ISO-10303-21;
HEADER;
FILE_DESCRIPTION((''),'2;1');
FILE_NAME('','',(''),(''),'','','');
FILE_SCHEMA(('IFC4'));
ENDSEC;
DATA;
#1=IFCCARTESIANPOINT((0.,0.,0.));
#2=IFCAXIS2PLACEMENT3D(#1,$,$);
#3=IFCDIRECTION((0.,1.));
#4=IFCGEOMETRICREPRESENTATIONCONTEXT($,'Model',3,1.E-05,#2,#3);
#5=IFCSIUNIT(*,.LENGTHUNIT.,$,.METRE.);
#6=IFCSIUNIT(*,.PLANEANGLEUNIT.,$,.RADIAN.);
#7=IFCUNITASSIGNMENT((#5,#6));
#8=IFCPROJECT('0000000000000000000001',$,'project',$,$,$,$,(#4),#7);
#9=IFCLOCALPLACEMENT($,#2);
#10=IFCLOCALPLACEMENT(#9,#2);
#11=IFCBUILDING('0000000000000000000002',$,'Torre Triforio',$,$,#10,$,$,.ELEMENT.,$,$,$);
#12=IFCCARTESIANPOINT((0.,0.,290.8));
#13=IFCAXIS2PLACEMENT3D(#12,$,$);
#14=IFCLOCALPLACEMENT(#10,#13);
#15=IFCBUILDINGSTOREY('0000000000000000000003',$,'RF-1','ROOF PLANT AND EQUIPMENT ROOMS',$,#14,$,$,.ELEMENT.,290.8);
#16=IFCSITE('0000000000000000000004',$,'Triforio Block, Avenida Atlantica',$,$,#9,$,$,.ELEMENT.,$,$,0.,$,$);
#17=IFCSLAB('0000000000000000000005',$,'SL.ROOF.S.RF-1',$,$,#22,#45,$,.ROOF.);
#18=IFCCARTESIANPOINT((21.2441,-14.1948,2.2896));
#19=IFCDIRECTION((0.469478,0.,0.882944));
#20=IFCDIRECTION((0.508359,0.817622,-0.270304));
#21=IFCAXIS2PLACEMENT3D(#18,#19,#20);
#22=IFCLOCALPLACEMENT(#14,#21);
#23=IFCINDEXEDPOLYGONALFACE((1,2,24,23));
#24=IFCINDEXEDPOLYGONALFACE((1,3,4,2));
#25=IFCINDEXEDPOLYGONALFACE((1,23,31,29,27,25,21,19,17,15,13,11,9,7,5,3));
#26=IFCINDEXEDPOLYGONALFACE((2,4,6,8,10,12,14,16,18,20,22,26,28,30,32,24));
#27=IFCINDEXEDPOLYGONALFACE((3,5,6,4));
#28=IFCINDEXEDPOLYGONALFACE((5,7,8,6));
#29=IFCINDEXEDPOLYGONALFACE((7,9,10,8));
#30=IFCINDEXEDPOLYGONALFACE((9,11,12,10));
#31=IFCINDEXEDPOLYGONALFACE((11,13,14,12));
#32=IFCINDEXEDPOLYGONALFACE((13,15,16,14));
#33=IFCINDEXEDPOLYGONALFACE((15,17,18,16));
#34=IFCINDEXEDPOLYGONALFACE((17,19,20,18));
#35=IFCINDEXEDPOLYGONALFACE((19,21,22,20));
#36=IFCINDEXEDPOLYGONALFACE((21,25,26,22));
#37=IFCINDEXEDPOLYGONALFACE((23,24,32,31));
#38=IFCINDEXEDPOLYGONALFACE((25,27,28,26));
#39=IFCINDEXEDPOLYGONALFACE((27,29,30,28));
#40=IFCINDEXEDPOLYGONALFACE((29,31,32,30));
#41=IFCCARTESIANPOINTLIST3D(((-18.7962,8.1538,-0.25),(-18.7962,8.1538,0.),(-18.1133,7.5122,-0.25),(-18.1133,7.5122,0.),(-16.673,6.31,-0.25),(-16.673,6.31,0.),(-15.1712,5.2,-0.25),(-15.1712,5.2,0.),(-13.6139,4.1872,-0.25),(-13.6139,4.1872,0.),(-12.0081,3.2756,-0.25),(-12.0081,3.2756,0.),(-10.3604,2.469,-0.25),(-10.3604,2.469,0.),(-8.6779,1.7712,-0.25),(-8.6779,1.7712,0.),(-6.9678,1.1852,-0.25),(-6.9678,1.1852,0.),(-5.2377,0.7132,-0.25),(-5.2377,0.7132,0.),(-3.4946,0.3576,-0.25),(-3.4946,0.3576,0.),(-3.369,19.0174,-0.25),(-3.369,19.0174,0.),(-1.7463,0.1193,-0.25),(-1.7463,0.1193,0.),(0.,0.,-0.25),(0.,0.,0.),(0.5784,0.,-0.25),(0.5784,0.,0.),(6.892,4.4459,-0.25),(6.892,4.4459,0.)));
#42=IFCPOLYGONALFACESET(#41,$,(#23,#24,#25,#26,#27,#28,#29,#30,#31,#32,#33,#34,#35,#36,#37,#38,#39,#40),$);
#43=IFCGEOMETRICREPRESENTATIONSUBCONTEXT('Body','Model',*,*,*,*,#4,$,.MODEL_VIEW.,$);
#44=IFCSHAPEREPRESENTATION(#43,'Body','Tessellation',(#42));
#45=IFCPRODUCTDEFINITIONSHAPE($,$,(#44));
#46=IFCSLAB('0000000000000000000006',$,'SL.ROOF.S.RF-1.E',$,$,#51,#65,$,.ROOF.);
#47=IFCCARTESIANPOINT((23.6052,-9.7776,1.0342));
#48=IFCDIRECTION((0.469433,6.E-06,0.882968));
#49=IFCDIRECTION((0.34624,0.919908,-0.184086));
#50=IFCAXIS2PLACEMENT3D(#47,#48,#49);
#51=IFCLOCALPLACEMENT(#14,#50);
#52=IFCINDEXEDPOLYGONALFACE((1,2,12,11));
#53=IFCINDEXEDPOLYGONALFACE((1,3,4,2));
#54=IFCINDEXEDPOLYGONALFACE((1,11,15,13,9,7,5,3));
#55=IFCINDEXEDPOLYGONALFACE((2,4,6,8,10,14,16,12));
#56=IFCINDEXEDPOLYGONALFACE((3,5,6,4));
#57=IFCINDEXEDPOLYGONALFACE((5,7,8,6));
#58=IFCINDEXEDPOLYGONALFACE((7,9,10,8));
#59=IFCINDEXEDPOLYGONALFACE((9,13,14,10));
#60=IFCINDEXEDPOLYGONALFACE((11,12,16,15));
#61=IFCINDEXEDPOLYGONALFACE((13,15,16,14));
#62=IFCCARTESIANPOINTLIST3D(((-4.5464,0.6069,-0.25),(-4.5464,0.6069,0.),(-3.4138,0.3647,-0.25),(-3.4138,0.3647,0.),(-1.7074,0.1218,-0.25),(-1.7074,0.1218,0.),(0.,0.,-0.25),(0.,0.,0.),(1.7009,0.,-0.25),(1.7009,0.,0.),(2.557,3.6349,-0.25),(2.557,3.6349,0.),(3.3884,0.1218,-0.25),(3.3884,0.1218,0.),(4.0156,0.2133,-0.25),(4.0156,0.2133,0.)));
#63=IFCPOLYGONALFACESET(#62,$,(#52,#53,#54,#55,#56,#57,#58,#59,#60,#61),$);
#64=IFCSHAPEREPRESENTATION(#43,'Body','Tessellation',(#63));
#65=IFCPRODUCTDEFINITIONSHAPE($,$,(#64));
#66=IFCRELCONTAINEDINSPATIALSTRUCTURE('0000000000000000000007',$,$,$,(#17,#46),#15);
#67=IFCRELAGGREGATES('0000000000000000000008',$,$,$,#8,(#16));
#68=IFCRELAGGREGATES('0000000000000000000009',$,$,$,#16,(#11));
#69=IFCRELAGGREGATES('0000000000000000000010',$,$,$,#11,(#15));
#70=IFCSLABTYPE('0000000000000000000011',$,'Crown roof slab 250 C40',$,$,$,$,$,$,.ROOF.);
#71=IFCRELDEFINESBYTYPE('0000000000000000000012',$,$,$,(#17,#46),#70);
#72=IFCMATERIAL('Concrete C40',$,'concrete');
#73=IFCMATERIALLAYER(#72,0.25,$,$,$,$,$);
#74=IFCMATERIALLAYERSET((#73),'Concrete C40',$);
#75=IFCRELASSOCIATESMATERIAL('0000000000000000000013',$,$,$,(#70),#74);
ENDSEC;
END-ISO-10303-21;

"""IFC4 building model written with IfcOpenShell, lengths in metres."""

from ifc_helpers import new_model, si_unit, direction, frame, origin, place, context, subcontext, project, spatial, polyline, outline, extrude, material, layer, layer_set, type_object, element, save


model = new_model("IFC4")

# Units and contexts
model_context = context("Model", 3, precision=1e-05, world=origin(), true_north=direction((0.0, 1.0)))
body_context = subcontext(model_context, "Body", "Model", "MODEL_VIEW")
ifc_project = project(units=[si_unit("LENGTHUNIT", "METRE"), si_unit("PLANEANGLEUNIT", "RADIAN")], contexts=[model_context])

# Site, building, storey
site_placement = place(None, origin())
site = spatial("IfcSite", under=ifc_project, at=site_placement, Name="Triforio Block, Avenida Atlantica", CompositionType="ELEMENT", RefElevation=0.0)
building_placement = place(site_placement, origin())
building = spatial("IfcBuilding", under=site, at=building_placement, Name="Torre Triforio", CompositionType="ELEMENT")
storey_placement = place(building_placement, frame((0.0, 0.0, 290.8)))
storey = spatial("IfcBuildingStorey", under=building, at=storey_placement, Name="RF-1", Description="ROOF PLANT AND EQUIPMENT ROOMS", CompositionType="ELEMENT", Elevation=290.8)

# Shared definitions
ifc_material_1 = material(Name="Concrete C40", Category="concrete")

# Slabs
ifc_layer_1 = layer(ifc_material_1, 0.25)
ifc_layer_set_1 = layer_set([ifc_layer_1], Name="Concrete C40")
slab_type = type_object("IfcSlabType", Name="Crown roof slab 250 C40", PredefinedType="ROOF", material=ifc_layer_set_1)
slab_1_placement = place(storey_placement, frame((21.2441, -14.1948, 2.2896), z_axis=(0.469478, 0.0, 0.882944), x_axis=(0.508359, 0.817622, -0.270304)))
element("IfcSlab", 1, at=slab_1_placement, inside=storey, type_object=slab_type, Name="SL.ROOF.S.RF-1", PredefinedType="ROOF", context=body_context, shape_type="SweptSolid", body=[
    extrude(outline(polyline([(0.0, 0.0), (0.5784, 0.0), (6.892, 4.4459), (-3.369, 19.0174), (-18.7962, 8.1538), (-18.1133, 7.5122), (-16.673, 6.31), (-15.1712, 5.2), (-13.6139, 4.1872), (-12.0081, 3.2756), (-10.3604, 2.469), (-8.6779, 1.7712), (-6.9678, 1.1852), (-5.2377, 0.7132), (-3.4946, 0.3576), (-1.7463, 0.1193), (0.0, 0.0)])), origin(), (0.0, 0.0, -1.0), 0.25),
])
slab_2_placement = place(storey_placement, frame((23.6052, -9.7776, 1.0342), z_axis=(0.469433, 0.000006, 0.882968), x_axis=(0.34624, 0.919908, -0.184086)))
element("IfcSlab", 2, at=slab_2_placement, inside=storey, type_object=slab_type, Name="SL.ROOF.S.RF-1.E", PredefinedType="ROOF", context=body_context, shape_type="SweptSolid", body=[
    extrude(outline(polyline([(0.0, 0.0), (1.7009, 0.0), (3.3884, 0.1218), (4.0156, 0.2133), (2.557, 3.6349), (-4.5464, 0.6069), (-3.4138, 0.3647), (-1.7074, 0.1218), (0.0, 0.0)])), origin(), (0.0, 0.0, -1.0), 0.25),
])

save(model, "model.ifc")
